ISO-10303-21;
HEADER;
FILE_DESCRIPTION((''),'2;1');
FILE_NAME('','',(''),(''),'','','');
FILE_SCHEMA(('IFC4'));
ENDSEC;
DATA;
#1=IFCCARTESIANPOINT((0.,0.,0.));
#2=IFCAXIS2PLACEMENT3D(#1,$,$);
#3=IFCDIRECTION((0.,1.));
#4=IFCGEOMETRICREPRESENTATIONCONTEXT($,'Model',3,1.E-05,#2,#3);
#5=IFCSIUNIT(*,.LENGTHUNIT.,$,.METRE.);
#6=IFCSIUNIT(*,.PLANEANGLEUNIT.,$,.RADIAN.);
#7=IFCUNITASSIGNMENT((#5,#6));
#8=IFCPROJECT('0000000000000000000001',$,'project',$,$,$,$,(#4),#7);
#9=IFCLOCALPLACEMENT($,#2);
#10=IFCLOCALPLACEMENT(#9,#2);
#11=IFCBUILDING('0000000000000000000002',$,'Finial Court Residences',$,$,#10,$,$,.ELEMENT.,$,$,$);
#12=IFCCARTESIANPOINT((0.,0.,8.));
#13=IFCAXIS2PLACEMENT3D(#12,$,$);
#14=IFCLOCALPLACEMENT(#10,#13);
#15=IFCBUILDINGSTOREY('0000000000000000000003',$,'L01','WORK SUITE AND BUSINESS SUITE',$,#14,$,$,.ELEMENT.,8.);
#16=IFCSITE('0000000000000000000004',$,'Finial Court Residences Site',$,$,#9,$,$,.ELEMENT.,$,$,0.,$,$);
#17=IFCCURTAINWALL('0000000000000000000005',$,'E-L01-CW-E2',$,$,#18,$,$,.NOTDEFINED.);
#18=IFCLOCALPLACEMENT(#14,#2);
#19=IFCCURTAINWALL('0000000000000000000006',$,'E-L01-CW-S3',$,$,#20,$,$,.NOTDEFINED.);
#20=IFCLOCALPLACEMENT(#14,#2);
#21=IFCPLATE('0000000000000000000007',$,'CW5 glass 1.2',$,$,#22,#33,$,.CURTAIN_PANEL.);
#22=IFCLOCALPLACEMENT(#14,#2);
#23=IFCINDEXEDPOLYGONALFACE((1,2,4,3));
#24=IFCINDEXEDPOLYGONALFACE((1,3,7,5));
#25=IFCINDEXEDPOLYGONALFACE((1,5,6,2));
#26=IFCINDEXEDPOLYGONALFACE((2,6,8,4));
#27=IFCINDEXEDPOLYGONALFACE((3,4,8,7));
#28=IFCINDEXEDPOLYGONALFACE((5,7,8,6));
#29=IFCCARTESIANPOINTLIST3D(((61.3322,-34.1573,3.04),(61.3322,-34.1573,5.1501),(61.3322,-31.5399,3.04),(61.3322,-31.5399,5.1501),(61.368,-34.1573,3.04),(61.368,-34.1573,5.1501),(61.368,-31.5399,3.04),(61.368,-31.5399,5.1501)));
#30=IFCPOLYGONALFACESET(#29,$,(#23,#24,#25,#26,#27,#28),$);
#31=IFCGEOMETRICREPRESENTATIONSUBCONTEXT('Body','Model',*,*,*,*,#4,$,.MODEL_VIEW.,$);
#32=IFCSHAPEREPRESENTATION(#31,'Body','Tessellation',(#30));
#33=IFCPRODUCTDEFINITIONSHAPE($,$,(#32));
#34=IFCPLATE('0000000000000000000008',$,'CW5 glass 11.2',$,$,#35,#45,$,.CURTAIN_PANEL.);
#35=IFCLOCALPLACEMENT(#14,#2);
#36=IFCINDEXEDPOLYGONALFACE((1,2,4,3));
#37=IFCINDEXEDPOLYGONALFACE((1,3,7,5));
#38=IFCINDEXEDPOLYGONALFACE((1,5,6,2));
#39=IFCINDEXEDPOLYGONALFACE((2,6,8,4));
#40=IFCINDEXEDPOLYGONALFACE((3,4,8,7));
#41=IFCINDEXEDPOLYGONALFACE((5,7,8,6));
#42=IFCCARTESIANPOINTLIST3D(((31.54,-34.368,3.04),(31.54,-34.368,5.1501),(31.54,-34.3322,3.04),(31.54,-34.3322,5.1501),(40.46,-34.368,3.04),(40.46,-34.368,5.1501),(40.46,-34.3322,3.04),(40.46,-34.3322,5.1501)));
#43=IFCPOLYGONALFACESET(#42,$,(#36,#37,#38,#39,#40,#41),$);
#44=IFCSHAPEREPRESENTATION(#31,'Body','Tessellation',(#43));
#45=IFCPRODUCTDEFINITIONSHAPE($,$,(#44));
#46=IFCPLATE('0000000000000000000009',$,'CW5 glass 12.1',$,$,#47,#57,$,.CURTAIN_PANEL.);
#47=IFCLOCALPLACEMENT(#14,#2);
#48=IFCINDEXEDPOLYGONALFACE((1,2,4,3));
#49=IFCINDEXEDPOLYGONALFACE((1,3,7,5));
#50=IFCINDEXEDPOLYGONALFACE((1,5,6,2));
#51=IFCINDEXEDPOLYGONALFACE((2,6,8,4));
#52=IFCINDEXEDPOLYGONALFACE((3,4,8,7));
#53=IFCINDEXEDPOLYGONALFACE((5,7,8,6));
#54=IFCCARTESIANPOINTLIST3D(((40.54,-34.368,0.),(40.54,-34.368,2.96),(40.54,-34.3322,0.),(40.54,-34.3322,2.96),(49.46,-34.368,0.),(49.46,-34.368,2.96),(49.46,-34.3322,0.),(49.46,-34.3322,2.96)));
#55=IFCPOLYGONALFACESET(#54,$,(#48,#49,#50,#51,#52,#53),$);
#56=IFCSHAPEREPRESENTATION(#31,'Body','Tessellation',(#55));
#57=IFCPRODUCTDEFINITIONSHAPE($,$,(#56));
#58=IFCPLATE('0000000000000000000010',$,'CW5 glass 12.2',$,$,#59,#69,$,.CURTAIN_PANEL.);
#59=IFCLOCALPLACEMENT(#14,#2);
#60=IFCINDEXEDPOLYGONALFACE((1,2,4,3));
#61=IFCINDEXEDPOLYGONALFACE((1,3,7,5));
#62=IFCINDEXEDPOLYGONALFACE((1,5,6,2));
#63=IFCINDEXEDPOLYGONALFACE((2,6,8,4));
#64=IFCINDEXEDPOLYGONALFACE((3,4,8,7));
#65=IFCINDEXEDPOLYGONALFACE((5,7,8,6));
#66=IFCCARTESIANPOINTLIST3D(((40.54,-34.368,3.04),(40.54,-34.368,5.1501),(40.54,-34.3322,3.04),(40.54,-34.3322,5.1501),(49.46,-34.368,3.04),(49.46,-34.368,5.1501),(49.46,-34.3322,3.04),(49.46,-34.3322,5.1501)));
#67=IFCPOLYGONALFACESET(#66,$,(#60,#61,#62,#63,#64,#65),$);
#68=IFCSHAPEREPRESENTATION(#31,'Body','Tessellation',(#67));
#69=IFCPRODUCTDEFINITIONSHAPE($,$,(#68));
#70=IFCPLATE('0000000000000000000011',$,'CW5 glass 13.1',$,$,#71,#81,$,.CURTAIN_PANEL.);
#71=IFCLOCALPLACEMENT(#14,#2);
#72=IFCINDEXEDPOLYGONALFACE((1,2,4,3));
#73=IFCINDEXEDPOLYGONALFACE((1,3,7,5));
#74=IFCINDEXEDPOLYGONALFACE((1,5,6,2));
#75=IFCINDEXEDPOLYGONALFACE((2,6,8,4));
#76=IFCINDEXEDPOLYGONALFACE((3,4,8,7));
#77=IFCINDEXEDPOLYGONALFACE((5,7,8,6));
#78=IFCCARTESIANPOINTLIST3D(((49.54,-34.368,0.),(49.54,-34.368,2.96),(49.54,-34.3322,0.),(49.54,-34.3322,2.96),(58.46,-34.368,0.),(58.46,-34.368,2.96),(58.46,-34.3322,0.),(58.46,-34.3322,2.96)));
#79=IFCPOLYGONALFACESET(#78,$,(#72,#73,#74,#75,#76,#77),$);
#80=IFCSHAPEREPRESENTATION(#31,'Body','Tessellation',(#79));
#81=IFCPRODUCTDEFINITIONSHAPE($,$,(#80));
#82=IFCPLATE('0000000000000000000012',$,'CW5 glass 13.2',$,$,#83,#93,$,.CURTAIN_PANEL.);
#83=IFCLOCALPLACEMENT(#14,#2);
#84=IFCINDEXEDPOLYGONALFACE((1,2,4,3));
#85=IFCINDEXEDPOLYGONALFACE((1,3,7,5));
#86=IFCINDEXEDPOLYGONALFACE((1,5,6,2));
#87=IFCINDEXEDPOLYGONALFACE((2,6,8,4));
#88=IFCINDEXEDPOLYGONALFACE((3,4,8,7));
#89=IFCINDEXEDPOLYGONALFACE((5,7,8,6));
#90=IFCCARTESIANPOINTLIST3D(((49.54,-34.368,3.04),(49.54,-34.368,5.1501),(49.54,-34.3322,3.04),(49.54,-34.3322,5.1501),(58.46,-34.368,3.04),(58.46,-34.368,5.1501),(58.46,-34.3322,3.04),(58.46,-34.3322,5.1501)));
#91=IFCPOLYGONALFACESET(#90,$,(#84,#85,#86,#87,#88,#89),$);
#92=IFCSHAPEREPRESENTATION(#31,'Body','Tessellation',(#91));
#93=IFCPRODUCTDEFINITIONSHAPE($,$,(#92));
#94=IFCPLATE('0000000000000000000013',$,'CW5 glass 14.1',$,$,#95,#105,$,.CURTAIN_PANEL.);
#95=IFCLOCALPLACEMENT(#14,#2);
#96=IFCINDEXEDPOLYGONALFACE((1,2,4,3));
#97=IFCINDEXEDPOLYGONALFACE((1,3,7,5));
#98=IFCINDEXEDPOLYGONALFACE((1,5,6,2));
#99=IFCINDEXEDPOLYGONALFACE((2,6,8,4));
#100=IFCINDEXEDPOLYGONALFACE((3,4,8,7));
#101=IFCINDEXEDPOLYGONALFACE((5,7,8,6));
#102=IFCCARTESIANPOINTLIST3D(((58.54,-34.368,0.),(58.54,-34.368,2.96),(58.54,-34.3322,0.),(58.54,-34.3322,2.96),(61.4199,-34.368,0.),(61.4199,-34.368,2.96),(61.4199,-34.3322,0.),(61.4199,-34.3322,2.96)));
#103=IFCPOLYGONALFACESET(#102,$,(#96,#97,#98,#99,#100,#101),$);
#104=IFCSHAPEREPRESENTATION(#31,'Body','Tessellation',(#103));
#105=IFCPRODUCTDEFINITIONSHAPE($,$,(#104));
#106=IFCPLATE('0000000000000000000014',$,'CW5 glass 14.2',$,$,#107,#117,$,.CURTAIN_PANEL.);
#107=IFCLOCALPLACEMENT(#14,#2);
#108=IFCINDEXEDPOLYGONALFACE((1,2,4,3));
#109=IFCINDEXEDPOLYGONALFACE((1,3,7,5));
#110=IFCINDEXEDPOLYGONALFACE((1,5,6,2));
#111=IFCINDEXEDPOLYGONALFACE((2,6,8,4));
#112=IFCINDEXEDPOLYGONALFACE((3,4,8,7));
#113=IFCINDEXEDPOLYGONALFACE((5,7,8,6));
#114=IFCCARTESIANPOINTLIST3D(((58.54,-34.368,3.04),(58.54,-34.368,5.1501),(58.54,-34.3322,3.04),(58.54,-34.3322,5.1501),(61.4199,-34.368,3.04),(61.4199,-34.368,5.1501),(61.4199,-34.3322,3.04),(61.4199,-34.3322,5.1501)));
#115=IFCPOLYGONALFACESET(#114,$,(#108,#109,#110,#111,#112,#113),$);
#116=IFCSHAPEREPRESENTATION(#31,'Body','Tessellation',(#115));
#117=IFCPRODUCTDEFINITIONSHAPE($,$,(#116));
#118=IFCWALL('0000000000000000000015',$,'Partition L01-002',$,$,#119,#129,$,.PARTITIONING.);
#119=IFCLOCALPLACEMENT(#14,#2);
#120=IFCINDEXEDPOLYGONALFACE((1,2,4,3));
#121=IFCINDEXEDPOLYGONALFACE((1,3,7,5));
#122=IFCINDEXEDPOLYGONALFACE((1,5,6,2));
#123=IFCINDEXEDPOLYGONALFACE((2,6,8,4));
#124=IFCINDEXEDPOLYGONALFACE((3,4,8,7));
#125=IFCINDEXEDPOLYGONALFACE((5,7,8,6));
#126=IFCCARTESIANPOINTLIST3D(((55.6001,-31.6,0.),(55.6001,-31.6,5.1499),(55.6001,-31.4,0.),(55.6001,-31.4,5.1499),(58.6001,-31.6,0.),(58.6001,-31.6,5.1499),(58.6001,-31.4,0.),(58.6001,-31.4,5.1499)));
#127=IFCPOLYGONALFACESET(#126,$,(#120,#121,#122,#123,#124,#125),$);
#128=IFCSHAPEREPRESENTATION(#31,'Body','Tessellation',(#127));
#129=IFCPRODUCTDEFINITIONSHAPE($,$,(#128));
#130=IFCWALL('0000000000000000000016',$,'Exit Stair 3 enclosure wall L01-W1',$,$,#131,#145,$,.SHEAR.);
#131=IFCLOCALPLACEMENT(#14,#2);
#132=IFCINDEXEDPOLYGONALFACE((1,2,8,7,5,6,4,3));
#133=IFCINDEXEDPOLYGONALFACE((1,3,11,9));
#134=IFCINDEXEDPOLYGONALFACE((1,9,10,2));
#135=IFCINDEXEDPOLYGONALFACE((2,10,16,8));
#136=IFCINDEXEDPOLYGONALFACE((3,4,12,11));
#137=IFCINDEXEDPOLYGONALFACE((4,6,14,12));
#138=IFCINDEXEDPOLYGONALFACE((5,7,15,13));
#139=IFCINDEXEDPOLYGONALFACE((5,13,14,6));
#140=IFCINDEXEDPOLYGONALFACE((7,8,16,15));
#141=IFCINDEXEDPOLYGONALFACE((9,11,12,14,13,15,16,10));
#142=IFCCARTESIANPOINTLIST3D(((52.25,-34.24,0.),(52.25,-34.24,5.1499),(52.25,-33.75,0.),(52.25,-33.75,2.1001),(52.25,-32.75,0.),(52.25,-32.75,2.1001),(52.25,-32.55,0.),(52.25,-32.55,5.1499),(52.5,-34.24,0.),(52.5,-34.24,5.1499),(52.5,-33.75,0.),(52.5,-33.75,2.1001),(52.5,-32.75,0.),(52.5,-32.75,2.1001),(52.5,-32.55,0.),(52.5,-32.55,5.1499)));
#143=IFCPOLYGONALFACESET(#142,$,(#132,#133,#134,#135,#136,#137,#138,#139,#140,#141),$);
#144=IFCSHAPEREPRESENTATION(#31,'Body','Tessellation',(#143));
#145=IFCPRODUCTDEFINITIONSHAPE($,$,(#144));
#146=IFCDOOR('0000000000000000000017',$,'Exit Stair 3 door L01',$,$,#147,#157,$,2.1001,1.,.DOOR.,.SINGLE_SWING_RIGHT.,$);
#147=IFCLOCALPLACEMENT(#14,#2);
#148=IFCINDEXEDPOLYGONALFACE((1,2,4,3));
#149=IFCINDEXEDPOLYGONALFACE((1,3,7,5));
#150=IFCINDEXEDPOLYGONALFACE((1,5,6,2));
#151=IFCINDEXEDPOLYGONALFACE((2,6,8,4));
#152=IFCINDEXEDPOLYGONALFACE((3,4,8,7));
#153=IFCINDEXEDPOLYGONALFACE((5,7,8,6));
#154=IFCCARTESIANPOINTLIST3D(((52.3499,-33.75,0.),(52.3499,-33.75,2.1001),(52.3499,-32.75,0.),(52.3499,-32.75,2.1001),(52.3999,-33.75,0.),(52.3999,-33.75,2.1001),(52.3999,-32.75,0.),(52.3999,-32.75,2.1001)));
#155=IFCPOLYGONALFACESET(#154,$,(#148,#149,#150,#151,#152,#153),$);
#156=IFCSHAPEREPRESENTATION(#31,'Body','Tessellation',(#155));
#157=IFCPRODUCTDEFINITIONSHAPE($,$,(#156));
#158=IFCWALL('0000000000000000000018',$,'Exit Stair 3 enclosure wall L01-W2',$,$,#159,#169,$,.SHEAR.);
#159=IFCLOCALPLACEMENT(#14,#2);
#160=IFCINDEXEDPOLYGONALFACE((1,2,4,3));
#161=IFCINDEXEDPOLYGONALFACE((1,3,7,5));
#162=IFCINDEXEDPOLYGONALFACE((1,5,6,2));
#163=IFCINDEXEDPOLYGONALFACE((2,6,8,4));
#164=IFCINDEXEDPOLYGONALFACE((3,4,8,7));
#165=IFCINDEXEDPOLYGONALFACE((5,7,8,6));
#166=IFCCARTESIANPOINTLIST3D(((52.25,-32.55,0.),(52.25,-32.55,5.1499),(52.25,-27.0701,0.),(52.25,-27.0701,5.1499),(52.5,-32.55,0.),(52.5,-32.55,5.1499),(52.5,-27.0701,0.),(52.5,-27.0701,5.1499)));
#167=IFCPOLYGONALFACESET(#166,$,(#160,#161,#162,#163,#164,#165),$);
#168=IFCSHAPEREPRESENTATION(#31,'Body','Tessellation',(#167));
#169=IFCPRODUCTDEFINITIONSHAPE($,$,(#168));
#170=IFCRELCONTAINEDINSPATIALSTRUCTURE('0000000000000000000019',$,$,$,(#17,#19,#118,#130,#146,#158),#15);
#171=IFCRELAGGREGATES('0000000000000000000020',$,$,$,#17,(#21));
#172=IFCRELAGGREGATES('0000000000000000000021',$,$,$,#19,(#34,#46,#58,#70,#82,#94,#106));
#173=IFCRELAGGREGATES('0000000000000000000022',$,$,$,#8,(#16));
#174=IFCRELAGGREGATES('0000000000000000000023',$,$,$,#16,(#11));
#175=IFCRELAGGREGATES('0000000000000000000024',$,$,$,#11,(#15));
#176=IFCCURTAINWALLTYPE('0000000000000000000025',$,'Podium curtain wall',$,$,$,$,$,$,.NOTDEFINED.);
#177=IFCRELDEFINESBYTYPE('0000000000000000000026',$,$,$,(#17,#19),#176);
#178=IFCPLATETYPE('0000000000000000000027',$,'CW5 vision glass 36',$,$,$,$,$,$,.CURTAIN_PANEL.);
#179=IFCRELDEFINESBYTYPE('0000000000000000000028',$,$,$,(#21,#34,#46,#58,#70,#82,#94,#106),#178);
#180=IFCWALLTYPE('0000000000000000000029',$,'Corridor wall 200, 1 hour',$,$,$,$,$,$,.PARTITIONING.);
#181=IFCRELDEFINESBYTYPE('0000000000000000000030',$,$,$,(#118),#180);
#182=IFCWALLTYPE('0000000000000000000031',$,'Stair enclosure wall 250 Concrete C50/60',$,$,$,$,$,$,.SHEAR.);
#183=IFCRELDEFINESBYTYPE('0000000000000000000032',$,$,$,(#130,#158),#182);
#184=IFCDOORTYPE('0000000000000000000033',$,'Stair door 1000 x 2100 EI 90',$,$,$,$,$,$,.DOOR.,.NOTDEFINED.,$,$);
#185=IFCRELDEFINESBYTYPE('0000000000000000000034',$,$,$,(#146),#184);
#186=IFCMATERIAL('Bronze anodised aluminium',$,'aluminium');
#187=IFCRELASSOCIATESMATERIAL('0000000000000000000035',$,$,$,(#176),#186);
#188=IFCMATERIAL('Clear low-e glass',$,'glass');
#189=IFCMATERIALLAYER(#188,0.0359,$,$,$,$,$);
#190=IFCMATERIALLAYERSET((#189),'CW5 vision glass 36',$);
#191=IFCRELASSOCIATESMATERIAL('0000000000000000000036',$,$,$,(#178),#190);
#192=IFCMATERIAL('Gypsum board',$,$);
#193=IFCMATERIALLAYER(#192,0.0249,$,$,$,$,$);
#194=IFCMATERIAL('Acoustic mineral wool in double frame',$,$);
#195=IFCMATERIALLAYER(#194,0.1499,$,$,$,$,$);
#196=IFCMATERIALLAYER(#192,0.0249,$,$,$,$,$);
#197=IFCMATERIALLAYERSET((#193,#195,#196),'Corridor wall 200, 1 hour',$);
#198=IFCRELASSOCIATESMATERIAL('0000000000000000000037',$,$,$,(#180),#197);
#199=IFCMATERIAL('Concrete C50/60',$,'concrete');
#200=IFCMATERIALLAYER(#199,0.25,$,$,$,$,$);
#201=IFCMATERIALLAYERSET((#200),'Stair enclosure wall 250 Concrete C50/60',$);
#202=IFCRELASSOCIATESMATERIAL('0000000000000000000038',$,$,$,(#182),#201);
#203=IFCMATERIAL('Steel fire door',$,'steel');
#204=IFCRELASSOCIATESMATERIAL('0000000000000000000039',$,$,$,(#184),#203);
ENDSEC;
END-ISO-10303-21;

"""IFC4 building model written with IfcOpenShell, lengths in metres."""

from ifc_helpers import new_model, si_unit, direction, frame, frame_2d, origin, origin_2d, place, context, subcontext, project, spatial, rectangle, extrude, material, layer, layer_set, type_object, element, fill, aggregate, save


model = new_model("IFC4")

# Units and contexts
model_context = context("Model", 3, precision=1e-05, world=origin(), true_north=direction((0.0, 1.0)))
body_context = subcontext(model_context, "Body", "Model", "MODEL_VIEW")
ifc_project = project(units=[si_unit("LENGTHUNIT", "METRE"), si_unit("PLANEANGLEUNIT", "RADIAN")], contexts=[model_context])

# Site, building, storey
site_placement = place(None, origin())
site = spatial("IfcSite", under=ifc_project, at=site_placement, Name="Finial Court Residences Site", CompositionType="ELEMENT", RefElevation=0.0)
building_placement = place(site_placement, origin())
building = spatial("IfcBuilding", under=site, at=building_placement, Name="Finial Court Residences", CompositionType="ELEMENT")
storey_placement = place(building_placement, frame((0.0, 0.0, 8.0)))
storey = spatial("IfcBuildingStorey", under=building, at=storey_placement, Name="L01", Description="WORK SUITE AND BUSINESS SUITE", CompositionType="ELEMENT", Elevation=8.0)

# Shared definitions
ifc_material_1 = material(Name="Concrete C50/60", Category="concrete")

# Curtain walls
ifc_material_2 = material(Name="Bronze anodised aluminium", Category="aluminium")
curtain_wall_type = type_object("IfcCurtainWallType", Name="Podium curtain wall", PredefinedType="NOTDEFINED", material=ifc_material_2)
curtain_wall_1_placement = place(storey_placement, origin())
curtain_wall_1 = element("IfcCurtainWall", 1, at=curtain_wall_1_placement, inside=storey, type_object=curtain_wall_type, Name="E-L01-CW-E2", PredefinedType="NOTDEFINED")
curtain_wall_2_placement = place(storey_placement, origin())
curtain_wall_2 = element("IfcCurtainWall", 2, at=curtain_wall_2_placement, inside=storey, type_object=curtain_wall_type, Name="E-L01-CW-S3", PredefinedType="NOTDEFINED")

# Plates
ifc_material_3 = material(Name="Clear low-e glass", Category="glass")
ifc_layer_1 = layer(ifc_material_3, 0.0359)
ifc_layer_set_1 = layer_set([ifc_layer_1], Name="CW5 vision glass 36")
plate_type = type_object("IfcPlateType", Name="CW5 vision glass 36", PredefinedType="CURTAIN_PANEL", material=ifc_layer_set_1)
plate_1_placement = place(storey_placement, frame((61.3501, -32.8486, 3.04), z_axis=(0.0, 0.0, 1.0), x_axis=(0.0, 1.0, 0.0)))
plate_1 = element("IfcPlate", 3, at=plate_1_placement, type_object=plate_type, Name="CW5 glass 1.2", PredefinedType="CURTAIN_PANEL", context=body_context, shape_type="SweptSolid", body=[
    extrude(rectangle(XDim=2.6174, YDim=0.0359, at=origin_2d()), origin(), (0.0, 0.0, 1.0), 2.1101),
])
aggregate(curtain_wall_1, [plate_1])
plate_2_placement = place(storey_placement, frame((36.0, -34.3501, 3.04), z_axis=(0.0, 0.0, 1.0), x_axis=(1.0, 0.0, 0.0)))
plate_2 = element("IfcPlate", 4, at=plate_2_placement, type_object=plate_type, Name="CW5 glass 11.2", PredefinedType="CURTAIN_PANEL", context=body_context, shape_type="SweptSolid", body=[
    extrude(rectangle(XDim=8.9199, YDim=0.0359, at=origin_2d()), origin(), (0.0, 0.0, 1.0), 2.1101),
])
plate_3_placement = place(storey_placement, frame((45.0, -34.3501, 0.0), z_axis=(0.0, 0.0, 1.0), x_axis=(1.0, 0.0, 0.0)))
plate_3 = element("IfcPlate", 5, at=plate_3_placement, type_object=plate_type, Name="CW5 glass 12.1", PredefinedType="CURTAIN_PANEL", context=body_context, shape_type="SweptSolid", body=[
    extrude(rectangle(XDim=8.9199, YDim=0.0359, at=origin_2d()), origin(), (0.0, 0.0, 1.0), 2.96),
])
plate_4_placement = place(storey_placement, frame((45.0, -34.3501, 3.04), z_axis=(0.0, 0.0, 1.0), x_axis=(1.0, 0.0, 0.0)))
plate_4 = element("IfcPlate", 6, at=plate_4_placement, type_object=plate_type, Name="CW5 glass 12.2", PredefinedType="CURTAIN_PANEL", context=body_context, shape_type="SweptSolid", body=[
    extrude(rectangle(XDim=8.9199, YDim=0.0359, at=origin_2d()), origin(), (0.0, 0.0, 1.0), 2.1101),
])
plate_5_placement = place(storey_placement, frame((54.0, -34.3501, 0.0), z_axis=(0.0, 0.0, 1.0), x_axis=(1.0, 0.0, 0.0)))
plate_5 = element("IfcPlate", 7, at=plate_5_placement, type_object=plate_type, Name="CW5 glass 13.1", PredefinedType="CURTAIN_PANEL", context=body_context, shape_type="SweptSolid", body=[
    extrude(rectangle(XDim=8.9199, YDim=0.0359, at=origin_2d()), origin(), (0.0, 0.0, 1.0), 2.96),
])
plate_6_placement = place(storey_placement, frame((54.0, -34.3501, 3.04), z_axis=(0.0, 0.0, 1.0), x_axis=(1.0, 0.0, 0.0)))
plate_6 = element("IfcPlate", 8, at=plate_6_placement, type_object=plate_type, Name="CW5 glass 13.2", PredefinedType="CURTAIN_PANEL", context=body_context, shape_type="SweptSolid", body=[
    extrude(rectangle(XDim=8.9199, YDim=0.0359, at=origin_2d()), origin(), (0.0, 0.0, 1.0), 2.1101),
])
plate_7_placement = place(storey_placement, frame((59.98, -34.3501, 0.0), z_axis=(0.0, 0.0, 1.0), x_axis=(1.0, 0.0, 0.0)))
plate_7 = element("IfcPlate", 9, at=plate_7_placement, type_object=plate_type, Name="CW5 glass 14.1", PredefinedType="CURTAIN_PANEL", context=body_context, shape_type="SweptSolid", body=[
    extrude(rectangle(XDim=2.8799, YDim=0.0359, at=origin_2d()), origin(), (0.0, 0.0, 1.0), 2.96),
])
plate_8_placement = place(storey_placement, frame((59.98, -34.3501, 3.04), z_axis=(0.0, 0.0, 1.0), x_axis=(1.0, 0.0, 0.0)))
plate_8 = element("IfcPlate", 10, at=plate_8_placement, type_object=plate_type, Name="CW5 glass 14.2", PredefinedType="CURTAIN_PANEL", context=body_context, shape_type="SweptSolid", body=[
    extrude(rectangle(XDim=2.8799, YDim=0.0359, at=origin_2d()), origin(), (0.0, 0.0, 1.0), 2.1101),
])
aggregate(curtain_wall_2, [plate_2, plate_3, plate_4, plate_5, plate_6, plate_7, plate_8])

# Wall
ifc_material_4 = material(Name="Gypsum board")
ifc_layer_2 = layer(ifc_material_4, 0.0249)
ifc_material_5 = material(Name="Acoustic mineral wool in double frame")
ifc_layer_3 = layer(ifc_material_5, 0.1499)
ifc_layer_4 = layer(ifc_material_4, 0.0249)
ifc_layer_set_2 = layer_set([ifc_layer_2, ifc_layer_3, ifc_layer_4], Name="Corridor wall 200, 1 hour")
wall_type_1 = type_object("IfcWallType", Name="Corridor wall 200, 1 hour", PredefinedType="PARTITIONING", material=ifc_layer_set_2)
wall_1_placement = place(storey_placement, frame((55.6001, -31.5, 0.0), z_axis=(0.0, 0.0, 1.0), x_axis=(1.0, 0.0, 0.0)))
element("IfcWall", 11, at=wall_1_placement, inside=storey, type_object=wall_type_1, Name="Partition L01-002", PredefinedType="PARTITIONING", context=body_context, shape_type="SweptSolid", body=[
    extrude(rectangle(XDim=3.0, YDim=0.2, at=frame_2d((1.5, 0.0))), origin(), (0.0, 0.0, 1.0), 5.1499),
])

# Wall, opening, door
ifc_layer_5 = layer(ifc_material_1, 0.25)
ifc_layer_set_3 = layer_set([ifc_layer_5], Name="Stair enclosure wall 250 Concrete C50/60")
wall_type_2 = type_object("IfcWallType", Name="Stair enclosure wall 250 Concrete C50/60", PredefinedType="SHEAR", material=ifc_layer_set_3)
wall_2_placement = place(storey_placement, frame((52.375, -32.55, 0.0), z_axis=(0.0, 0.0, 1.0), x_axis=(0.0, -1.0, 0.0)))
wall_2 = element("IfcWall", 12, at=wall_2_placement, inside=storey, type_object=wall_type_2, Name="Exit Stair 3 enclosure wall L01-W1", PredefinedType="SHEAR", context=body_context, shape_type="SweptSolid", body=[
    extrude(rectangle(XDim=1.6899, YDim=0.25, at=frame_2d((0.845, 0.0))), origin(), (0.0, 0.0, 1.0), 5.1499),
])
opening_1_placement = place(wall_2_placement, frame((0.2, 0.0, 0.0)))
opening_1 = element("IfcOpeningElement", 13, at=opening_1_placement, cuts=wall_2, PredefinedType="OPENING", context=body_context, shape_type="SweptSolid", body=[
    extrude(rectangle(XDim=1.0, YDim=2.1001, at=frame_2d((0.5, 1.05))), frame((0.0, 0.135, 0.0), z_axis=(0.0, -1.0, 0.0), x_axis=(1.0, 0.0, 0.0)), (0.0, 0.0, 1.0), 0.27),
])
ifc_material_6 = material(Name="Steel fire door", Category="steel")
door_type = type_object("IfcDoorType", Name="Stair door 1000 x 2100 EI 90", OperationType="NOTDEFINED", PredefinedType="DOOR", material=ifc_material_6)
door_1_placement = place(opening_1_placement, origin())
door_1 = element("IfcDoor", 14, at=door_1_placement, inside=storey, type_object=door_type, Name="Exit Stair 3 door L01", OperationType="SINGLE_SWING_RIGHT", OverallHeight=2.1001, OverallWidth=1.0, PredefinedType="DOOR", context=body_context, shape_type="SweptSolid", body=[
    extrude(rectangle(XDim=1.0, YDim=2.1001, at=frame_2d((0.5, 1.05))), frame((0.0, 0.0249, 0.0), z_axis=(0.0, -1.0, 0.0), x_axis=(1.0, 0.0, 0.0)), (0.0, 0.0, 1.0), 0.05),
])
fill(opening_1, door_1)

# Wall
wall_3_placement = place(storey_placement, frame((52.375, -32.55, 0.0), z_axis=(0.0, 0.0, 1.0), x_axis=(0.0, 1.0, 0.0)))
element("IfcWall", 15, at=wall_3_placement, inside=storey, type_object=wall_type_2, Name="Exit Stair 3 enclosure wall L01-W2", PredefinedType="SHEAR", context=body_context, shape_type="SweptSolid", body=[
    extrude(rectangle(XDim=5.48, YDim=0.25, at=frame_2d((2.74, 0.0))), origin(), (0.0, 0.0, 1.0), 5.1499),
])

save(model, "model.ifc")
